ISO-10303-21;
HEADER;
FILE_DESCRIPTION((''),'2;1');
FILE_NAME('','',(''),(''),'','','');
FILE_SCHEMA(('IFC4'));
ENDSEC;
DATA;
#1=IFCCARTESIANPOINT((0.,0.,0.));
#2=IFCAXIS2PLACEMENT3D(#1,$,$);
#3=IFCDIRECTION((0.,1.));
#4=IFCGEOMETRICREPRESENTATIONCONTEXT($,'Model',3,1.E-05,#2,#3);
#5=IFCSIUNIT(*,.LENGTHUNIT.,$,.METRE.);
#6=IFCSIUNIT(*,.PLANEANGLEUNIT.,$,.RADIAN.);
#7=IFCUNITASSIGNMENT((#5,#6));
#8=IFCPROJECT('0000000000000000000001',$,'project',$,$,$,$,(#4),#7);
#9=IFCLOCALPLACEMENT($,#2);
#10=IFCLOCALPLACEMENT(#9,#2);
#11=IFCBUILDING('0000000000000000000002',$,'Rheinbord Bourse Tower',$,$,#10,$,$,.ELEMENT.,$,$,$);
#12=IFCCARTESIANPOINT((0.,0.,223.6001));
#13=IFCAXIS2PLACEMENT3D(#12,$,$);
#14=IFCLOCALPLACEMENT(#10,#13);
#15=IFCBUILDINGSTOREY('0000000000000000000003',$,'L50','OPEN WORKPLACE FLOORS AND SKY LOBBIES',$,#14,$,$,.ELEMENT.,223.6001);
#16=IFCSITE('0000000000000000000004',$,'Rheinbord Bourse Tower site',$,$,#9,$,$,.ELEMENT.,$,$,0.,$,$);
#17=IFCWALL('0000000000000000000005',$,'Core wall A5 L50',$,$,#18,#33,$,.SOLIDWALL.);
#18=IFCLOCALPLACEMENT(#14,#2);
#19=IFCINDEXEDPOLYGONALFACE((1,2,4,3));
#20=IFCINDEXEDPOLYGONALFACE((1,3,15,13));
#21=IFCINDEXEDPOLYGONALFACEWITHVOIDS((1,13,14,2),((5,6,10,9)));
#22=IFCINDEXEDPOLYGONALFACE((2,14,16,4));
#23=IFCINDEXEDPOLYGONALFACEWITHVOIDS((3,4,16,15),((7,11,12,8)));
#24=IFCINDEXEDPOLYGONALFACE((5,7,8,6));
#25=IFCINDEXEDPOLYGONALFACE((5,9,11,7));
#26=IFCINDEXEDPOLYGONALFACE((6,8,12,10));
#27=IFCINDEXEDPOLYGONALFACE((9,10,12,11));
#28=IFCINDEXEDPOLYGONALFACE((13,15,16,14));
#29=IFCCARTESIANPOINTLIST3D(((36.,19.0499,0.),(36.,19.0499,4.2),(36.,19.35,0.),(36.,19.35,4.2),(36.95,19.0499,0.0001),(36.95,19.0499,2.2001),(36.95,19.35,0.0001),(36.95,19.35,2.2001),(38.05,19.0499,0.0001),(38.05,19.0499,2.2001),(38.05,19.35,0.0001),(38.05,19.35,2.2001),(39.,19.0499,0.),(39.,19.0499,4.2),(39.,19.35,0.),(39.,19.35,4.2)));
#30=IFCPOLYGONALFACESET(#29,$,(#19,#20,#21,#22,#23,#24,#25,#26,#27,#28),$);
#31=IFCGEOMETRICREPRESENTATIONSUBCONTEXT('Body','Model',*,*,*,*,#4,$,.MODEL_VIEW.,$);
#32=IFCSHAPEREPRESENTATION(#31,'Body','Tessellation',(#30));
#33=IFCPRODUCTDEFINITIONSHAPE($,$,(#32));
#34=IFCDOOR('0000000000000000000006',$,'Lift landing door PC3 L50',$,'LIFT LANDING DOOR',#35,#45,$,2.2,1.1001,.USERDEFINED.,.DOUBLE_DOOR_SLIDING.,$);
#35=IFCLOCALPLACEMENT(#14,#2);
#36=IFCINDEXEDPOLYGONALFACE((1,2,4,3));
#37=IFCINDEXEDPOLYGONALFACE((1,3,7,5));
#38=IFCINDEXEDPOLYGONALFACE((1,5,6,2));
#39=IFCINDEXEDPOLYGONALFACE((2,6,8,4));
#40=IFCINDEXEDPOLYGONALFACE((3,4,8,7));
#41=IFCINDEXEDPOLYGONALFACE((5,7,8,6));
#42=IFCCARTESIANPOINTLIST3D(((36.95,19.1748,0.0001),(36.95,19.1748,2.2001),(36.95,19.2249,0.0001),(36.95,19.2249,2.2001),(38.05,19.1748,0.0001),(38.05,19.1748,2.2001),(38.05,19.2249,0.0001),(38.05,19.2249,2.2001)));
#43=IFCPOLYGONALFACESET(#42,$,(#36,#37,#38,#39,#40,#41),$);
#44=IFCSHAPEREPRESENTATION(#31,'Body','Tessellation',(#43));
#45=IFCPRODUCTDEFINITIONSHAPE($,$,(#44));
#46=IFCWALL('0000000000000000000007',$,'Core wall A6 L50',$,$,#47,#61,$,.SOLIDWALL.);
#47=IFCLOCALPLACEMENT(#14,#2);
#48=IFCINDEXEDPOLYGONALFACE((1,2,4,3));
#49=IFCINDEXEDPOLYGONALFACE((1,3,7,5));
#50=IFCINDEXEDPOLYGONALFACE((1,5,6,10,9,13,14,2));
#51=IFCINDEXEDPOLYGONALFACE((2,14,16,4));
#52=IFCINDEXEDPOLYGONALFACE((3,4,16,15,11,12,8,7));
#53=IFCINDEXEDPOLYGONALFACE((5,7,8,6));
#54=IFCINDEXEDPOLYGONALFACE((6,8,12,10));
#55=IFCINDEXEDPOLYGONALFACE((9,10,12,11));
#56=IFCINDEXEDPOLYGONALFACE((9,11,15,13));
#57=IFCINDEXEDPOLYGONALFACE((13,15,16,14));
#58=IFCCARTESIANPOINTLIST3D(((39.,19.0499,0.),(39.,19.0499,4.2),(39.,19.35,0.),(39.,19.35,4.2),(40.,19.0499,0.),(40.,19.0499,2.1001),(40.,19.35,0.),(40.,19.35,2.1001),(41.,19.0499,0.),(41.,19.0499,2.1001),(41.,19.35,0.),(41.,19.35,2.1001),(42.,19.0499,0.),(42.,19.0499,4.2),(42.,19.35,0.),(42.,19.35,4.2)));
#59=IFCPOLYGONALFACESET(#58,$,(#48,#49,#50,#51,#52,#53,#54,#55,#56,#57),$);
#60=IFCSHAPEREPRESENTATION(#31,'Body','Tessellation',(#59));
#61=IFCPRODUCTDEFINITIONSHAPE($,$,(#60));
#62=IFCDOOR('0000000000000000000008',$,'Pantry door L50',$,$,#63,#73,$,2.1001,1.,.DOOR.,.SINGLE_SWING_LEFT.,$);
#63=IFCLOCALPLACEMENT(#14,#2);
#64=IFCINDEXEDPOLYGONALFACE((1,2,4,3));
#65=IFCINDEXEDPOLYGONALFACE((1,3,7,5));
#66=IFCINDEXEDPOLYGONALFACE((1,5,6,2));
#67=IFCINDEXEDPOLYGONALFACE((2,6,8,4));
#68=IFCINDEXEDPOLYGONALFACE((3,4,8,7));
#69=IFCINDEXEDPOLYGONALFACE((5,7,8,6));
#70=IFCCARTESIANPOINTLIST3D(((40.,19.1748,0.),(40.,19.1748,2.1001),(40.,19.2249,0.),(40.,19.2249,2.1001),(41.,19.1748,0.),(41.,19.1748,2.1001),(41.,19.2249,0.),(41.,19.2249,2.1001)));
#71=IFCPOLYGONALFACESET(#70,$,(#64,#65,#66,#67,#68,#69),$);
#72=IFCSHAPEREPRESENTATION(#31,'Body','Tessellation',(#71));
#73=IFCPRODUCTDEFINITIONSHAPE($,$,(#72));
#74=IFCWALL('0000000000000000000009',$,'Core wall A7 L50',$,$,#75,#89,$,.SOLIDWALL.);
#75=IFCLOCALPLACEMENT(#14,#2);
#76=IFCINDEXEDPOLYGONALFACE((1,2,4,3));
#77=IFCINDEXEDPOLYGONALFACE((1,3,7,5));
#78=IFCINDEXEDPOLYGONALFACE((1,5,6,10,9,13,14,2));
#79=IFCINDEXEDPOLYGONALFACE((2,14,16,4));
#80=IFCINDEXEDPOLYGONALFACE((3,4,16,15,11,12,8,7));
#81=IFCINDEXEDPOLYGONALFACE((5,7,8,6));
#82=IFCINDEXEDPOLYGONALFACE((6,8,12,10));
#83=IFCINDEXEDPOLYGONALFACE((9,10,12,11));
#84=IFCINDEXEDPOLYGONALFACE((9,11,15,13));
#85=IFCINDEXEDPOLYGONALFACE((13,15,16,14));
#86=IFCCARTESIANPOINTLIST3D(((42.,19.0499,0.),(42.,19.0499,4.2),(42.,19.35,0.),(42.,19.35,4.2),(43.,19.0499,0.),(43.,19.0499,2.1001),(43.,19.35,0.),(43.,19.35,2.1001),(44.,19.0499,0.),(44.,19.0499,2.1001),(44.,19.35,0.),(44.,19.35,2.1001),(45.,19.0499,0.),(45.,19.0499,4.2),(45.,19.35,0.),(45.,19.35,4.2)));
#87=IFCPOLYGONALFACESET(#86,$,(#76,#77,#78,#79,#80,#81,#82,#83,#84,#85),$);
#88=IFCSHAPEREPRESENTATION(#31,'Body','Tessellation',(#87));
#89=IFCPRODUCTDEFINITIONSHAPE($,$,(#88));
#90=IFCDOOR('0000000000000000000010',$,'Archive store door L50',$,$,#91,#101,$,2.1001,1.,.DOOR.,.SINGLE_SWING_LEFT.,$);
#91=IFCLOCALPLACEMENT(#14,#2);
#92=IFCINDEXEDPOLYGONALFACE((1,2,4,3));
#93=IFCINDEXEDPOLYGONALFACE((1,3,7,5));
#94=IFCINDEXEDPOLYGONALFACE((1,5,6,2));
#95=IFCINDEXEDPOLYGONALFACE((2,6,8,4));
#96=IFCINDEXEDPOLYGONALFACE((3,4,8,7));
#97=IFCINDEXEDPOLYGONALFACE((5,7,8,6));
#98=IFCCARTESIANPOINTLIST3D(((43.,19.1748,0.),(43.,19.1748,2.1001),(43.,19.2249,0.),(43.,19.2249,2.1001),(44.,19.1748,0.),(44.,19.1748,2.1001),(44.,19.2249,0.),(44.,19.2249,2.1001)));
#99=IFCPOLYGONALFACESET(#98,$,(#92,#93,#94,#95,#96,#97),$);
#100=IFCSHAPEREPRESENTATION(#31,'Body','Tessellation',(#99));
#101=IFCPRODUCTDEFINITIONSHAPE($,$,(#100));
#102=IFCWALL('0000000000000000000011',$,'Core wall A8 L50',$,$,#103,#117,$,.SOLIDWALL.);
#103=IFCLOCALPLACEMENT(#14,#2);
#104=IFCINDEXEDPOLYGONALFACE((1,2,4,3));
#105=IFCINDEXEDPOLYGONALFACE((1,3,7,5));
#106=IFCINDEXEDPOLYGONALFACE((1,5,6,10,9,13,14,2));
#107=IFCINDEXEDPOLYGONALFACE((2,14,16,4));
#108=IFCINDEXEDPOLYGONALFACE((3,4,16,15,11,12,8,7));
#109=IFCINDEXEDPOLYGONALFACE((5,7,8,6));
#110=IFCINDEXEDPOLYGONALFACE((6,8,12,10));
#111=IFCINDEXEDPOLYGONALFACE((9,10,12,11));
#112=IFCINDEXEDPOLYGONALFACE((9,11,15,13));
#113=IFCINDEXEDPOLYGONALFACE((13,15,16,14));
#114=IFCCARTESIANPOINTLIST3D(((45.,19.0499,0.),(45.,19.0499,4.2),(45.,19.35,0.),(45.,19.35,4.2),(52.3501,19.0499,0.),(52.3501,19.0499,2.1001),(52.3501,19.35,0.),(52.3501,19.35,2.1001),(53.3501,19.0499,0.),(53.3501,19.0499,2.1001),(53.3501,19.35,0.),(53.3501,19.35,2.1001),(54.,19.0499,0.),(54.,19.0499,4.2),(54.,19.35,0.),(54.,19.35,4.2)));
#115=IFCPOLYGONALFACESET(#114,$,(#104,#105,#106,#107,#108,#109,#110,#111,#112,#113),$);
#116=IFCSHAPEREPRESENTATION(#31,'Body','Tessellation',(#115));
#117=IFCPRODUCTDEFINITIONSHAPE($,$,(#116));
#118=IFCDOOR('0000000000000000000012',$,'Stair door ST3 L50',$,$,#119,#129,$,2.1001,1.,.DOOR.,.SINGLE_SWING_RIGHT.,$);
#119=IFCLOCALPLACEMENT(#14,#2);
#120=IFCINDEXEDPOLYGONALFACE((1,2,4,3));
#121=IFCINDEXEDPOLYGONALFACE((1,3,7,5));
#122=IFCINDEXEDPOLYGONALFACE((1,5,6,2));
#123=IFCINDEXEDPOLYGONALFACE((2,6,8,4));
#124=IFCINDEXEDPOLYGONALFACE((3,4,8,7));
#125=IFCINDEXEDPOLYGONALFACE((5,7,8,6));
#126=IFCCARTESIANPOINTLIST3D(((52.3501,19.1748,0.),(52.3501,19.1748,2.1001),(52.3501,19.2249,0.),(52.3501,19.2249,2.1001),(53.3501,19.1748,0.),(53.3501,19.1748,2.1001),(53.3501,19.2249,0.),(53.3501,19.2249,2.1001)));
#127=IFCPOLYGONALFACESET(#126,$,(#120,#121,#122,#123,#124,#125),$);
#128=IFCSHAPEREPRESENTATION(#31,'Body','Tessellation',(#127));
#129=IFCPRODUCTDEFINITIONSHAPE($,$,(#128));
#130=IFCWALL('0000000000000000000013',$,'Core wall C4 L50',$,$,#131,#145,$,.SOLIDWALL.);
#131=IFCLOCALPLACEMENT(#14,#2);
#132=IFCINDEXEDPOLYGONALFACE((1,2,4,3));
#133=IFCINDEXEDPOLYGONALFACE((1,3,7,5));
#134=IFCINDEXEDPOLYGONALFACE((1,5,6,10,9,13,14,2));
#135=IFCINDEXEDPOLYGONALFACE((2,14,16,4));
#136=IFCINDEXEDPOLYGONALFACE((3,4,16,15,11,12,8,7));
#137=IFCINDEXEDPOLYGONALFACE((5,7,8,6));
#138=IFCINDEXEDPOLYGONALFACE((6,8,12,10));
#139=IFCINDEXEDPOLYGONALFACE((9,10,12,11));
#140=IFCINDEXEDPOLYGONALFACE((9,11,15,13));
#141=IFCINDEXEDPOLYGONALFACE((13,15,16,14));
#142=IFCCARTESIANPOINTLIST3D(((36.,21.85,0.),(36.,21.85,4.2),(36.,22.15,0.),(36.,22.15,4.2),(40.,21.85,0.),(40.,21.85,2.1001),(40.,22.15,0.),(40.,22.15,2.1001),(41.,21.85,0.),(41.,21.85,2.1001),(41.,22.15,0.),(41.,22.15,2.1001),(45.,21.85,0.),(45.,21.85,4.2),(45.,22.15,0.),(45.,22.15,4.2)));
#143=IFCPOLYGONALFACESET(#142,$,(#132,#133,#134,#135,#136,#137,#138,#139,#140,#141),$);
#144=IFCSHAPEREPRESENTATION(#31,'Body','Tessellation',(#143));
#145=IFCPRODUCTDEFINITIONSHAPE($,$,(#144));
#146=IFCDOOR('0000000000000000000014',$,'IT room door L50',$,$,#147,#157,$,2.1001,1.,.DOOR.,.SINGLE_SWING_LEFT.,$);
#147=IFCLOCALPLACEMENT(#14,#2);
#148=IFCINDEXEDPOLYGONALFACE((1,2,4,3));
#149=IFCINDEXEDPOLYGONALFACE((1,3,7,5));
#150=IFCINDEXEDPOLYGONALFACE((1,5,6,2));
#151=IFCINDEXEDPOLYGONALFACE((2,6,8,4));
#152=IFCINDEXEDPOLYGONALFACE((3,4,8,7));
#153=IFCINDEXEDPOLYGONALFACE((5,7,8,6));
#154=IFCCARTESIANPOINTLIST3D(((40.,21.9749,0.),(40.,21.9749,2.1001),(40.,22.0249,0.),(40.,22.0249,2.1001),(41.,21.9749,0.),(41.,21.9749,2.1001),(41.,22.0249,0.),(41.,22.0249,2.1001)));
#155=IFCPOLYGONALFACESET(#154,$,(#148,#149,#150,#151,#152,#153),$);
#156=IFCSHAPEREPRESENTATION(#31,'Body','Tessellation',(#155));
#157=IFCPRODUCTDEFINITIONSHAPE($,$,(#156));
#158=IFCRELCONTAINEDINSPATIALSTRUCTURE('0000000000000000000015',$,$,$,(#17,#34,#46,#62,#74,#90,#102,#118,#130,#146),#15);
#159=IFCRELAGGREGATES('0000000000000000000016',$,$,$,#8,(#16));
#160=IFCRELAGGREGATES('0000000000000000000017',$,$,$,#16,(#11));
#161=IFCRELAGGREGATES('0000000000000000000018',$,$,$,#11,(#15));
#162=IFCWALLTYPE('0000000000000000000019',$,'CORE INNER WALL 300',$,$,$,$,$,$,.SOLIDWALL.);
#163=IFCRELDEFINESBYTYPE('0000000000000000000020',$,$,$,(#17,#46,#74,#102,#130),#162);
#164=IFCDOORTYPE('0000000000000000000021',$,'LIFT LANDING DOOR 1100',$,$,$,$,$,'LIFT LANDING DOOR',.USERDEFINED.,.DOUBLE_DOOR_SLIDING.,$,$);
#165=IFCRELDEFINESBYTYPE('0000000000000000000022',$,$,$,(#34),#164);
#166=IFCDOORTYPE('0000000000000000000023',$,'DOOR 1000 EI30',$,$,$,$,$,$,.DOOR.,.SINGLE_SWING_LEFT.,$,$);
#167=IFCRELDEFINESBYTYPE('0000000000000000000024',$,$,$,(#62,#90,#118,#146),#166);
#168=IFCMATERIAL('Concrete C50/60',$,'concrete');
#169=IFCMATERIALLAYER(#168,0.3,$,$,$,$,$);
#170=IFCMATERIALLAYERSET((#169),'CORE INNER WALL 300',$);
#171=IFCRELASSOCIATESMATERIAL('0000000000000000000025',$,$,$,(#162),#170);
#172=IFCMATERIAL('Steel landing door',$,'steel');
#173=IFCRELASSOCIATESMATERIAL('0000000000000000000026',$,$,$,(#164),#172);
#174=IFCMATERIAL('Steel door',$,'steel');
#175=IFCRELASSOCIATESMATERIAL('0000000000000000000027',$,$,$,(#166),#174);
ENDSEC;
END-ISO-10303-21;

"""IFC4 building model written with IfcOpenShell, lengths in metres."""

from ifc_helpers import new_model, si_unit, direction, frame, frame_2d, origin, place, context, subcontext, project, spatial, rectangle, extrude, material, layer, layer_set, type_object, element, fill, save


model = new_model("IFC4")

# Units and contexts
model_context = context("Model", 3, precision=1e-05, world=origin(), true_north=direction((0.0, 1.0)))
body_context = subcontext(model_context, "Body", "Model", "MODEL_VIEW")
ifc_project = project(units=[si_unit("LENGTHUNIT", "METRE"), si_unit("PLANEANGLEUNIT", "RADIAN")], contexts=[model_context])

# Site, building, storey
site_placement = place(None, origin())
site = spatial("IfcSite", under=ifc_project, at=site_placement, Name="Rheinbord Bourse Tower site", CompositionType="ELEMENT", RefElevation=0.0)
building_placement = place(site_placement, origin())
building = spatial("IfcBuilding", under=site, at=building_placement, Name="Rheinbord Bourse Tower", CompositionType="ELEMENT")
storey_placement = place(building_placement, frame((0.0, 0.0, 223.6001)))
storey = spatial("IfcBuildingStorey", under=building, at=storey_placement, Name="L50", Description="OPEN WORKPLACE FLOORS AND SKY LOBBIES", CompositionType="ELEMENT", Elevation=223.6001)

# Walls, openings, doors
ifc_material_1 = material(Name="Concrete C50/60", Category="concrete")
ifc_layer_1 = layer(ifc_material_1, 0.3)
ifc_layer_set_1 = layer_set([ifc_layer_1], Name="CORE INNER WALL 300")
wall_type_1 = type_object("IfcWallType", Name="CORE INNER WALL 300", PredefinedType="SOLIDWALL", material=ifc_layer_set_1)
wall_1_placement = place(storey_placement, frame((36.0, 19.2, 0.0), z_axis=(0.0, 0.0, 1.0), x_axis=(1.0, 0.0, 0.0)))
wall_1 = element("IfcWall", 1, at=wall_1_placement, inside=storey, type_object=wall_type_1, Name="Core wall A5 L50", PredefinedType="SOLIDWALL", context=body_context, shape_type="SweptSolid", body=[
    extrude(rectangle(XDim=3.0, YDim=0.3, at=frame_2d((1.5, 0.0))), origin(), (0.0, 0.0, 1.0), 4.2),
])
opening_1_placement = place(wall_1_placement, frame((0.95, 0.0, 0.0)))
opening_1 = element("IfcOpeningElement", 2, at=opening_1_placement, cuts=wall_1, PredefinedType="OPENING", context=body_context, shape_type="SweptSolid", body=[
    extrude(rectangle(XDim=1.1001, YDim=2.2, at=frame_2d((0.55, 1.1001))), frame((0.0, 0.1599, 0.0), z_axis=(0.0, -1.0, 0.0), x_axis=(1.0, 0.0, 0.0)), (0.0, 0.0, 1.0), 0.3201),
])
ifc_material_2 = material(Name="Steel landing door", Category="steel")
door_type_1 = type_object("IfcDoorType", Name="LIFT LANDING DOOR 1100", ElementType="LIFT LANDING DOOR", OperationType="DOUBLE_DOOR_SLIDING", PredefinedType="USERDEFINED", material=ifc_material_2)
door_1_placement = place(opening_1_placement, origin())
door_1 = element("IfcDoor", 3, at=door_1_placement, inside=storey, type_object=door_type_1, Name="Lift landing door PC3 L50", ObjectType="LIFT LANDING DOOR", OperationType="DOUBLE_DOOR_SLIDING", OverallHeight=2.2, OverallWidth=1.1001, PredefinedType="USERDEFINED", context=body_context, shape_type="SweptSolid", body=[
    extrude(rectangle(XDim=1.1001, YDim=2.2, at=frame_2d((0.55, 1.1001))), frame((0.0, 0.0249, 0.0), z_axis=(0.0, -1.0, 0.0), x_axis=(1.0, 0.0, 0.0)), (0.0, 0.0, 1.0), 0.05),
])
fill(opening_1, door_1)
wall_2_placement = place(storey_placement, frame((39.0, 19.2, 0.0), z_axis=(0.0, 0.0, 1.0), x_axis=(1.0, 0.0, 0.0)))
wall_2 = element("IfcWall", 4, at=wall_2_placement, inside=storey, type_object=wall_type_1, Name="Core wall A6 L50", PredefinedType="SOLIDWALL", context=body_context, shape_type="SweptSolid", body=[
    extrude(rectangle(XDim=3.0, YDim=0.3, at=frame_2d((1.5, 0.0))), origin(), (0.0, 0.0, 1.0), 4.2),
])
opening_2_placement = place(wall_2_placement, frame((1.0, 0.0, 0.0)))
opening_2 = element("IfcOpeningElement", 5, at=opening_2_placement, cuts=wall_2, PredefinedType="OPENING", context=body_context, shape_type="SweptSolid", body=[
    extrude(rectangle(XDim=1.0, YDim=2.1001, at=frame_2d((0.5, 1.05))), frame((0.0, 0.1599, 0.0), z_axis=(0.0, -1.0, 0.0), x_axis=(1.0, 0.0, 0.0)), (0.0, 0.0, 1.0), 0.3201),
])
ifc_material_3 = material(Name="Steel door", Category="steel")
door_type_2 = type_object("IfcDoorType", Name="DOOR 1000 EI30", OperationType="SINGLE_SWING_LEFT", PredefinedType="DOOR", material=ifc_material_3)
door_2_placement = place(opening_2_placement, origin())
door_2 = element("IfcDoor", 6, at=door_2_placement, inside=storey, type_object=door_type_2, Name="Pantry door L50", OperationType="SINGLE_SWING_LEFT", OverallHeight=2.1001, OverallWidth=1.0, PredefinedType="DOOR", context=body_context, shape_type="SweptSolid", body=[
    extrude(rectangle(XDim=1.0, YDim=2.1001, at=frame_2d((0.5, 1.05))), frame((0.0, 0.0249, 0.0), z_axis=(0.0, -1.0, 0.0), x_axis=(1.0, 0.0, 0.0)), (0.0, 0.0, 1.0), 0.05),
])
fill(opening_2, door_2)
wall_3_placement = place(storey_placement, frame((42.0, 19.2, 0.0), z_axis=(0.0, 0.0, 1.0), x_axis=(1.0, 0.0, 0.0)))
wall_3 = element("IfcWall", 7, at=wall_3_placement, inside=storey, type_object=wall_type_1, Name="Core wall A7 L50", PredefinedType="SOLIDWALL", context=body_context, shape_type="SweptSolid", body=[
    extrude(rectangle(XDim=3.0, YDim=0.3, at=frame_2d((1.5, 0.0))), origin(), (0.0, 0.0, 1.0), 4.2),
])
opening_3_placement = place(wall_3_placement, frame((1.0, 0.0, 0.0)))
opening_3 = element("IfcOpeningElement", 8, at=opening_3_placement, cuts=wall_3, PredefinedType="OPENING", context=body_context, shape_type="SweptSolid", body=[
    extrude(rectangle(XDim=1.0, YDim=2.1001, at=frame_2d((0.5, 1.05))), frame((0.0, 0.1599, 0.0), z_axis=(0.0, -1.0, 0.0), x_axis=(1.0, 0.0, 0.0)), (0.0, 0.0, 1.0), 0.3201),
])
door_3_placement = place(opening_3_placement, origin())
door_3 = element("IfcDoor", 9, at=door_3_placement, inside=storey, type_object=door_type_2, Name="Archive store door L50", OperationType="SINGLE_SWING_LEFT", OverallHeight=2.1001, OverallWidth=1.0, PredefinedType="DOOR", context=body_context, shape_type="SweptSolid", body=[
    extrude(rectangle(XDim=1.0, YDim=2.1001, at=frame_2d((0.5, 1.05))), frame((0.0, 0.0249, 0.0), z_axis=(0.0, -1.0, 0.0), x_axis=(1.0, 0.0, 0.0)), (0.0, 0.0, 1.0), 0.05),
])
fill(opening_3, door_3)
wall_4_placement = place(storey_placement, frame((45.0, 19.2, 0.0), z_axis=(0.0, 0.0, 1.0), x_axis=(1.0, 0.0, 0.0)))
wall_4 = element("IfcWall", 10, at=wall_4_placement, inside=storey, type_object=wall_type_1, Name="Core wall A8 L50", PredefinedType="SOLIDWALL", context=body_context, shape_type="SweptSolid", body=[
    extrude(rectangle(XDim=9.0, YDim=0.3, at=frame_2d((4.5, 0.0))), origin(), (0.0, 0.0, 1.0), 4.2),
])
opening_4_placement = place(wall_4_placement, frame((7.3501, 0.0, 0.0)))
opening_4 = element("IfcOpeningElement", 11, at=opening_4_placement, cuts=wall_4, PredefinedType="OPENING", context=body_context, shape_type="SweptSolid", body=[
    extrude(rectangle(XDim=1.0, YDim=2.1001, at=frame_2d((0.5, 1.05))), frame((0.0, 0.1599, 0.0), z_axis=(0.0, -1.0, 0.0), x_axis=(1.0, 0.0, 0.0)), (0.0, 0.0, 1.0), 0.3201),
])
door_4_placement = place(opening_4_placement, origin())
door_4 = element("IfcDoor", 12, at=door_4_placement, inside=storey, type_object=door_type_2, Name="Stair door ST3 L50", OperationType="SINGLE_SWING_RIGHT", OverallHeight=2.1001, OverallWidth=1.0, PredefinedType="DOOR", context=body_context, shape_type="SweptSolid", body=[
    extrude(rectangle(XDim=1.0, YDim=2.1001, at=frame_2d((0.5, 1.05))), frame((0.0, 0.0249, 0.0), z_axis=(0.0, -1.0, 0.0), x_axis=(1.0, 0.0, 0.0)), (0.0, 0.0, 1.0), 0.05),
])
fill(opening_4, door_4)
wall_5_placement = place(storey_placement, frame((36.0, 22.0, 0.0), z_axis=(0.0, 0.0, 1.0), x_axis=(1.0, 0.0, 0.0)))
wall_5 = element("IfcWall", 13, at=wall_5_placement, inside=storey, type_object=wall_type_1, Name="Core wall C4 L50", PredefinedType="SOLIDWALL", context=body_context, shape_type="SweptSolid", body=[
    extrude(rectangle(XDim=9.0, YDim=0.3, at=frame_2d((4.5, 0.0))), origin(), (0.0, 0.0, 1.0), 4.2),
])
opening_5_placement = place(wall_5_placement, frame((4.0, 0.0, 0.0)))
opening_5 = element("IfcOpeningElement", 14, at=opening_5_placement, cuts=wall_5, PredefinedType="OPENING", context=body_context, shape_type="SweptSolid", body=[
    extrude(rectangle(XDim=1.0, YDim=2.1001, at=frame_2d((0.5, 1.05))), frame((0.0, 0.1599, 0.0), z_axis=(0.0, -1.0, 0.0), x_axis=(1.0, 0.0, 0.0)), (0.0, 0.0, 1.0), 0.3201),
])
door_5_placement = place(opening_5_placement, origin())
door_5 = element("IfcDoor", 15, at=door_5_placement, inside=storey, type_object=door_type_2, Name="IT room door L50", OperationType="SINGLE_SWING_LEFT", OverallHeight=2.1001, OverallWidth=1.0, PredefinedType="DOOR", context=body_context, shape_type="SweptSolid", body=[
    extrude(rectangle(XDim=1.0, YDim=2.1001, at=frame_2d((0.5, 1.05))), frame((0.0, 0.0249, 0.0), z_axis=(0.0, -1.0, 0.0), x_axis=(1.0, 0.0, 0.0)), (0.0, 0.0, 1.0), 0.05),
])
fill(opening_5, door_5)

save(model, "model.ifc")
